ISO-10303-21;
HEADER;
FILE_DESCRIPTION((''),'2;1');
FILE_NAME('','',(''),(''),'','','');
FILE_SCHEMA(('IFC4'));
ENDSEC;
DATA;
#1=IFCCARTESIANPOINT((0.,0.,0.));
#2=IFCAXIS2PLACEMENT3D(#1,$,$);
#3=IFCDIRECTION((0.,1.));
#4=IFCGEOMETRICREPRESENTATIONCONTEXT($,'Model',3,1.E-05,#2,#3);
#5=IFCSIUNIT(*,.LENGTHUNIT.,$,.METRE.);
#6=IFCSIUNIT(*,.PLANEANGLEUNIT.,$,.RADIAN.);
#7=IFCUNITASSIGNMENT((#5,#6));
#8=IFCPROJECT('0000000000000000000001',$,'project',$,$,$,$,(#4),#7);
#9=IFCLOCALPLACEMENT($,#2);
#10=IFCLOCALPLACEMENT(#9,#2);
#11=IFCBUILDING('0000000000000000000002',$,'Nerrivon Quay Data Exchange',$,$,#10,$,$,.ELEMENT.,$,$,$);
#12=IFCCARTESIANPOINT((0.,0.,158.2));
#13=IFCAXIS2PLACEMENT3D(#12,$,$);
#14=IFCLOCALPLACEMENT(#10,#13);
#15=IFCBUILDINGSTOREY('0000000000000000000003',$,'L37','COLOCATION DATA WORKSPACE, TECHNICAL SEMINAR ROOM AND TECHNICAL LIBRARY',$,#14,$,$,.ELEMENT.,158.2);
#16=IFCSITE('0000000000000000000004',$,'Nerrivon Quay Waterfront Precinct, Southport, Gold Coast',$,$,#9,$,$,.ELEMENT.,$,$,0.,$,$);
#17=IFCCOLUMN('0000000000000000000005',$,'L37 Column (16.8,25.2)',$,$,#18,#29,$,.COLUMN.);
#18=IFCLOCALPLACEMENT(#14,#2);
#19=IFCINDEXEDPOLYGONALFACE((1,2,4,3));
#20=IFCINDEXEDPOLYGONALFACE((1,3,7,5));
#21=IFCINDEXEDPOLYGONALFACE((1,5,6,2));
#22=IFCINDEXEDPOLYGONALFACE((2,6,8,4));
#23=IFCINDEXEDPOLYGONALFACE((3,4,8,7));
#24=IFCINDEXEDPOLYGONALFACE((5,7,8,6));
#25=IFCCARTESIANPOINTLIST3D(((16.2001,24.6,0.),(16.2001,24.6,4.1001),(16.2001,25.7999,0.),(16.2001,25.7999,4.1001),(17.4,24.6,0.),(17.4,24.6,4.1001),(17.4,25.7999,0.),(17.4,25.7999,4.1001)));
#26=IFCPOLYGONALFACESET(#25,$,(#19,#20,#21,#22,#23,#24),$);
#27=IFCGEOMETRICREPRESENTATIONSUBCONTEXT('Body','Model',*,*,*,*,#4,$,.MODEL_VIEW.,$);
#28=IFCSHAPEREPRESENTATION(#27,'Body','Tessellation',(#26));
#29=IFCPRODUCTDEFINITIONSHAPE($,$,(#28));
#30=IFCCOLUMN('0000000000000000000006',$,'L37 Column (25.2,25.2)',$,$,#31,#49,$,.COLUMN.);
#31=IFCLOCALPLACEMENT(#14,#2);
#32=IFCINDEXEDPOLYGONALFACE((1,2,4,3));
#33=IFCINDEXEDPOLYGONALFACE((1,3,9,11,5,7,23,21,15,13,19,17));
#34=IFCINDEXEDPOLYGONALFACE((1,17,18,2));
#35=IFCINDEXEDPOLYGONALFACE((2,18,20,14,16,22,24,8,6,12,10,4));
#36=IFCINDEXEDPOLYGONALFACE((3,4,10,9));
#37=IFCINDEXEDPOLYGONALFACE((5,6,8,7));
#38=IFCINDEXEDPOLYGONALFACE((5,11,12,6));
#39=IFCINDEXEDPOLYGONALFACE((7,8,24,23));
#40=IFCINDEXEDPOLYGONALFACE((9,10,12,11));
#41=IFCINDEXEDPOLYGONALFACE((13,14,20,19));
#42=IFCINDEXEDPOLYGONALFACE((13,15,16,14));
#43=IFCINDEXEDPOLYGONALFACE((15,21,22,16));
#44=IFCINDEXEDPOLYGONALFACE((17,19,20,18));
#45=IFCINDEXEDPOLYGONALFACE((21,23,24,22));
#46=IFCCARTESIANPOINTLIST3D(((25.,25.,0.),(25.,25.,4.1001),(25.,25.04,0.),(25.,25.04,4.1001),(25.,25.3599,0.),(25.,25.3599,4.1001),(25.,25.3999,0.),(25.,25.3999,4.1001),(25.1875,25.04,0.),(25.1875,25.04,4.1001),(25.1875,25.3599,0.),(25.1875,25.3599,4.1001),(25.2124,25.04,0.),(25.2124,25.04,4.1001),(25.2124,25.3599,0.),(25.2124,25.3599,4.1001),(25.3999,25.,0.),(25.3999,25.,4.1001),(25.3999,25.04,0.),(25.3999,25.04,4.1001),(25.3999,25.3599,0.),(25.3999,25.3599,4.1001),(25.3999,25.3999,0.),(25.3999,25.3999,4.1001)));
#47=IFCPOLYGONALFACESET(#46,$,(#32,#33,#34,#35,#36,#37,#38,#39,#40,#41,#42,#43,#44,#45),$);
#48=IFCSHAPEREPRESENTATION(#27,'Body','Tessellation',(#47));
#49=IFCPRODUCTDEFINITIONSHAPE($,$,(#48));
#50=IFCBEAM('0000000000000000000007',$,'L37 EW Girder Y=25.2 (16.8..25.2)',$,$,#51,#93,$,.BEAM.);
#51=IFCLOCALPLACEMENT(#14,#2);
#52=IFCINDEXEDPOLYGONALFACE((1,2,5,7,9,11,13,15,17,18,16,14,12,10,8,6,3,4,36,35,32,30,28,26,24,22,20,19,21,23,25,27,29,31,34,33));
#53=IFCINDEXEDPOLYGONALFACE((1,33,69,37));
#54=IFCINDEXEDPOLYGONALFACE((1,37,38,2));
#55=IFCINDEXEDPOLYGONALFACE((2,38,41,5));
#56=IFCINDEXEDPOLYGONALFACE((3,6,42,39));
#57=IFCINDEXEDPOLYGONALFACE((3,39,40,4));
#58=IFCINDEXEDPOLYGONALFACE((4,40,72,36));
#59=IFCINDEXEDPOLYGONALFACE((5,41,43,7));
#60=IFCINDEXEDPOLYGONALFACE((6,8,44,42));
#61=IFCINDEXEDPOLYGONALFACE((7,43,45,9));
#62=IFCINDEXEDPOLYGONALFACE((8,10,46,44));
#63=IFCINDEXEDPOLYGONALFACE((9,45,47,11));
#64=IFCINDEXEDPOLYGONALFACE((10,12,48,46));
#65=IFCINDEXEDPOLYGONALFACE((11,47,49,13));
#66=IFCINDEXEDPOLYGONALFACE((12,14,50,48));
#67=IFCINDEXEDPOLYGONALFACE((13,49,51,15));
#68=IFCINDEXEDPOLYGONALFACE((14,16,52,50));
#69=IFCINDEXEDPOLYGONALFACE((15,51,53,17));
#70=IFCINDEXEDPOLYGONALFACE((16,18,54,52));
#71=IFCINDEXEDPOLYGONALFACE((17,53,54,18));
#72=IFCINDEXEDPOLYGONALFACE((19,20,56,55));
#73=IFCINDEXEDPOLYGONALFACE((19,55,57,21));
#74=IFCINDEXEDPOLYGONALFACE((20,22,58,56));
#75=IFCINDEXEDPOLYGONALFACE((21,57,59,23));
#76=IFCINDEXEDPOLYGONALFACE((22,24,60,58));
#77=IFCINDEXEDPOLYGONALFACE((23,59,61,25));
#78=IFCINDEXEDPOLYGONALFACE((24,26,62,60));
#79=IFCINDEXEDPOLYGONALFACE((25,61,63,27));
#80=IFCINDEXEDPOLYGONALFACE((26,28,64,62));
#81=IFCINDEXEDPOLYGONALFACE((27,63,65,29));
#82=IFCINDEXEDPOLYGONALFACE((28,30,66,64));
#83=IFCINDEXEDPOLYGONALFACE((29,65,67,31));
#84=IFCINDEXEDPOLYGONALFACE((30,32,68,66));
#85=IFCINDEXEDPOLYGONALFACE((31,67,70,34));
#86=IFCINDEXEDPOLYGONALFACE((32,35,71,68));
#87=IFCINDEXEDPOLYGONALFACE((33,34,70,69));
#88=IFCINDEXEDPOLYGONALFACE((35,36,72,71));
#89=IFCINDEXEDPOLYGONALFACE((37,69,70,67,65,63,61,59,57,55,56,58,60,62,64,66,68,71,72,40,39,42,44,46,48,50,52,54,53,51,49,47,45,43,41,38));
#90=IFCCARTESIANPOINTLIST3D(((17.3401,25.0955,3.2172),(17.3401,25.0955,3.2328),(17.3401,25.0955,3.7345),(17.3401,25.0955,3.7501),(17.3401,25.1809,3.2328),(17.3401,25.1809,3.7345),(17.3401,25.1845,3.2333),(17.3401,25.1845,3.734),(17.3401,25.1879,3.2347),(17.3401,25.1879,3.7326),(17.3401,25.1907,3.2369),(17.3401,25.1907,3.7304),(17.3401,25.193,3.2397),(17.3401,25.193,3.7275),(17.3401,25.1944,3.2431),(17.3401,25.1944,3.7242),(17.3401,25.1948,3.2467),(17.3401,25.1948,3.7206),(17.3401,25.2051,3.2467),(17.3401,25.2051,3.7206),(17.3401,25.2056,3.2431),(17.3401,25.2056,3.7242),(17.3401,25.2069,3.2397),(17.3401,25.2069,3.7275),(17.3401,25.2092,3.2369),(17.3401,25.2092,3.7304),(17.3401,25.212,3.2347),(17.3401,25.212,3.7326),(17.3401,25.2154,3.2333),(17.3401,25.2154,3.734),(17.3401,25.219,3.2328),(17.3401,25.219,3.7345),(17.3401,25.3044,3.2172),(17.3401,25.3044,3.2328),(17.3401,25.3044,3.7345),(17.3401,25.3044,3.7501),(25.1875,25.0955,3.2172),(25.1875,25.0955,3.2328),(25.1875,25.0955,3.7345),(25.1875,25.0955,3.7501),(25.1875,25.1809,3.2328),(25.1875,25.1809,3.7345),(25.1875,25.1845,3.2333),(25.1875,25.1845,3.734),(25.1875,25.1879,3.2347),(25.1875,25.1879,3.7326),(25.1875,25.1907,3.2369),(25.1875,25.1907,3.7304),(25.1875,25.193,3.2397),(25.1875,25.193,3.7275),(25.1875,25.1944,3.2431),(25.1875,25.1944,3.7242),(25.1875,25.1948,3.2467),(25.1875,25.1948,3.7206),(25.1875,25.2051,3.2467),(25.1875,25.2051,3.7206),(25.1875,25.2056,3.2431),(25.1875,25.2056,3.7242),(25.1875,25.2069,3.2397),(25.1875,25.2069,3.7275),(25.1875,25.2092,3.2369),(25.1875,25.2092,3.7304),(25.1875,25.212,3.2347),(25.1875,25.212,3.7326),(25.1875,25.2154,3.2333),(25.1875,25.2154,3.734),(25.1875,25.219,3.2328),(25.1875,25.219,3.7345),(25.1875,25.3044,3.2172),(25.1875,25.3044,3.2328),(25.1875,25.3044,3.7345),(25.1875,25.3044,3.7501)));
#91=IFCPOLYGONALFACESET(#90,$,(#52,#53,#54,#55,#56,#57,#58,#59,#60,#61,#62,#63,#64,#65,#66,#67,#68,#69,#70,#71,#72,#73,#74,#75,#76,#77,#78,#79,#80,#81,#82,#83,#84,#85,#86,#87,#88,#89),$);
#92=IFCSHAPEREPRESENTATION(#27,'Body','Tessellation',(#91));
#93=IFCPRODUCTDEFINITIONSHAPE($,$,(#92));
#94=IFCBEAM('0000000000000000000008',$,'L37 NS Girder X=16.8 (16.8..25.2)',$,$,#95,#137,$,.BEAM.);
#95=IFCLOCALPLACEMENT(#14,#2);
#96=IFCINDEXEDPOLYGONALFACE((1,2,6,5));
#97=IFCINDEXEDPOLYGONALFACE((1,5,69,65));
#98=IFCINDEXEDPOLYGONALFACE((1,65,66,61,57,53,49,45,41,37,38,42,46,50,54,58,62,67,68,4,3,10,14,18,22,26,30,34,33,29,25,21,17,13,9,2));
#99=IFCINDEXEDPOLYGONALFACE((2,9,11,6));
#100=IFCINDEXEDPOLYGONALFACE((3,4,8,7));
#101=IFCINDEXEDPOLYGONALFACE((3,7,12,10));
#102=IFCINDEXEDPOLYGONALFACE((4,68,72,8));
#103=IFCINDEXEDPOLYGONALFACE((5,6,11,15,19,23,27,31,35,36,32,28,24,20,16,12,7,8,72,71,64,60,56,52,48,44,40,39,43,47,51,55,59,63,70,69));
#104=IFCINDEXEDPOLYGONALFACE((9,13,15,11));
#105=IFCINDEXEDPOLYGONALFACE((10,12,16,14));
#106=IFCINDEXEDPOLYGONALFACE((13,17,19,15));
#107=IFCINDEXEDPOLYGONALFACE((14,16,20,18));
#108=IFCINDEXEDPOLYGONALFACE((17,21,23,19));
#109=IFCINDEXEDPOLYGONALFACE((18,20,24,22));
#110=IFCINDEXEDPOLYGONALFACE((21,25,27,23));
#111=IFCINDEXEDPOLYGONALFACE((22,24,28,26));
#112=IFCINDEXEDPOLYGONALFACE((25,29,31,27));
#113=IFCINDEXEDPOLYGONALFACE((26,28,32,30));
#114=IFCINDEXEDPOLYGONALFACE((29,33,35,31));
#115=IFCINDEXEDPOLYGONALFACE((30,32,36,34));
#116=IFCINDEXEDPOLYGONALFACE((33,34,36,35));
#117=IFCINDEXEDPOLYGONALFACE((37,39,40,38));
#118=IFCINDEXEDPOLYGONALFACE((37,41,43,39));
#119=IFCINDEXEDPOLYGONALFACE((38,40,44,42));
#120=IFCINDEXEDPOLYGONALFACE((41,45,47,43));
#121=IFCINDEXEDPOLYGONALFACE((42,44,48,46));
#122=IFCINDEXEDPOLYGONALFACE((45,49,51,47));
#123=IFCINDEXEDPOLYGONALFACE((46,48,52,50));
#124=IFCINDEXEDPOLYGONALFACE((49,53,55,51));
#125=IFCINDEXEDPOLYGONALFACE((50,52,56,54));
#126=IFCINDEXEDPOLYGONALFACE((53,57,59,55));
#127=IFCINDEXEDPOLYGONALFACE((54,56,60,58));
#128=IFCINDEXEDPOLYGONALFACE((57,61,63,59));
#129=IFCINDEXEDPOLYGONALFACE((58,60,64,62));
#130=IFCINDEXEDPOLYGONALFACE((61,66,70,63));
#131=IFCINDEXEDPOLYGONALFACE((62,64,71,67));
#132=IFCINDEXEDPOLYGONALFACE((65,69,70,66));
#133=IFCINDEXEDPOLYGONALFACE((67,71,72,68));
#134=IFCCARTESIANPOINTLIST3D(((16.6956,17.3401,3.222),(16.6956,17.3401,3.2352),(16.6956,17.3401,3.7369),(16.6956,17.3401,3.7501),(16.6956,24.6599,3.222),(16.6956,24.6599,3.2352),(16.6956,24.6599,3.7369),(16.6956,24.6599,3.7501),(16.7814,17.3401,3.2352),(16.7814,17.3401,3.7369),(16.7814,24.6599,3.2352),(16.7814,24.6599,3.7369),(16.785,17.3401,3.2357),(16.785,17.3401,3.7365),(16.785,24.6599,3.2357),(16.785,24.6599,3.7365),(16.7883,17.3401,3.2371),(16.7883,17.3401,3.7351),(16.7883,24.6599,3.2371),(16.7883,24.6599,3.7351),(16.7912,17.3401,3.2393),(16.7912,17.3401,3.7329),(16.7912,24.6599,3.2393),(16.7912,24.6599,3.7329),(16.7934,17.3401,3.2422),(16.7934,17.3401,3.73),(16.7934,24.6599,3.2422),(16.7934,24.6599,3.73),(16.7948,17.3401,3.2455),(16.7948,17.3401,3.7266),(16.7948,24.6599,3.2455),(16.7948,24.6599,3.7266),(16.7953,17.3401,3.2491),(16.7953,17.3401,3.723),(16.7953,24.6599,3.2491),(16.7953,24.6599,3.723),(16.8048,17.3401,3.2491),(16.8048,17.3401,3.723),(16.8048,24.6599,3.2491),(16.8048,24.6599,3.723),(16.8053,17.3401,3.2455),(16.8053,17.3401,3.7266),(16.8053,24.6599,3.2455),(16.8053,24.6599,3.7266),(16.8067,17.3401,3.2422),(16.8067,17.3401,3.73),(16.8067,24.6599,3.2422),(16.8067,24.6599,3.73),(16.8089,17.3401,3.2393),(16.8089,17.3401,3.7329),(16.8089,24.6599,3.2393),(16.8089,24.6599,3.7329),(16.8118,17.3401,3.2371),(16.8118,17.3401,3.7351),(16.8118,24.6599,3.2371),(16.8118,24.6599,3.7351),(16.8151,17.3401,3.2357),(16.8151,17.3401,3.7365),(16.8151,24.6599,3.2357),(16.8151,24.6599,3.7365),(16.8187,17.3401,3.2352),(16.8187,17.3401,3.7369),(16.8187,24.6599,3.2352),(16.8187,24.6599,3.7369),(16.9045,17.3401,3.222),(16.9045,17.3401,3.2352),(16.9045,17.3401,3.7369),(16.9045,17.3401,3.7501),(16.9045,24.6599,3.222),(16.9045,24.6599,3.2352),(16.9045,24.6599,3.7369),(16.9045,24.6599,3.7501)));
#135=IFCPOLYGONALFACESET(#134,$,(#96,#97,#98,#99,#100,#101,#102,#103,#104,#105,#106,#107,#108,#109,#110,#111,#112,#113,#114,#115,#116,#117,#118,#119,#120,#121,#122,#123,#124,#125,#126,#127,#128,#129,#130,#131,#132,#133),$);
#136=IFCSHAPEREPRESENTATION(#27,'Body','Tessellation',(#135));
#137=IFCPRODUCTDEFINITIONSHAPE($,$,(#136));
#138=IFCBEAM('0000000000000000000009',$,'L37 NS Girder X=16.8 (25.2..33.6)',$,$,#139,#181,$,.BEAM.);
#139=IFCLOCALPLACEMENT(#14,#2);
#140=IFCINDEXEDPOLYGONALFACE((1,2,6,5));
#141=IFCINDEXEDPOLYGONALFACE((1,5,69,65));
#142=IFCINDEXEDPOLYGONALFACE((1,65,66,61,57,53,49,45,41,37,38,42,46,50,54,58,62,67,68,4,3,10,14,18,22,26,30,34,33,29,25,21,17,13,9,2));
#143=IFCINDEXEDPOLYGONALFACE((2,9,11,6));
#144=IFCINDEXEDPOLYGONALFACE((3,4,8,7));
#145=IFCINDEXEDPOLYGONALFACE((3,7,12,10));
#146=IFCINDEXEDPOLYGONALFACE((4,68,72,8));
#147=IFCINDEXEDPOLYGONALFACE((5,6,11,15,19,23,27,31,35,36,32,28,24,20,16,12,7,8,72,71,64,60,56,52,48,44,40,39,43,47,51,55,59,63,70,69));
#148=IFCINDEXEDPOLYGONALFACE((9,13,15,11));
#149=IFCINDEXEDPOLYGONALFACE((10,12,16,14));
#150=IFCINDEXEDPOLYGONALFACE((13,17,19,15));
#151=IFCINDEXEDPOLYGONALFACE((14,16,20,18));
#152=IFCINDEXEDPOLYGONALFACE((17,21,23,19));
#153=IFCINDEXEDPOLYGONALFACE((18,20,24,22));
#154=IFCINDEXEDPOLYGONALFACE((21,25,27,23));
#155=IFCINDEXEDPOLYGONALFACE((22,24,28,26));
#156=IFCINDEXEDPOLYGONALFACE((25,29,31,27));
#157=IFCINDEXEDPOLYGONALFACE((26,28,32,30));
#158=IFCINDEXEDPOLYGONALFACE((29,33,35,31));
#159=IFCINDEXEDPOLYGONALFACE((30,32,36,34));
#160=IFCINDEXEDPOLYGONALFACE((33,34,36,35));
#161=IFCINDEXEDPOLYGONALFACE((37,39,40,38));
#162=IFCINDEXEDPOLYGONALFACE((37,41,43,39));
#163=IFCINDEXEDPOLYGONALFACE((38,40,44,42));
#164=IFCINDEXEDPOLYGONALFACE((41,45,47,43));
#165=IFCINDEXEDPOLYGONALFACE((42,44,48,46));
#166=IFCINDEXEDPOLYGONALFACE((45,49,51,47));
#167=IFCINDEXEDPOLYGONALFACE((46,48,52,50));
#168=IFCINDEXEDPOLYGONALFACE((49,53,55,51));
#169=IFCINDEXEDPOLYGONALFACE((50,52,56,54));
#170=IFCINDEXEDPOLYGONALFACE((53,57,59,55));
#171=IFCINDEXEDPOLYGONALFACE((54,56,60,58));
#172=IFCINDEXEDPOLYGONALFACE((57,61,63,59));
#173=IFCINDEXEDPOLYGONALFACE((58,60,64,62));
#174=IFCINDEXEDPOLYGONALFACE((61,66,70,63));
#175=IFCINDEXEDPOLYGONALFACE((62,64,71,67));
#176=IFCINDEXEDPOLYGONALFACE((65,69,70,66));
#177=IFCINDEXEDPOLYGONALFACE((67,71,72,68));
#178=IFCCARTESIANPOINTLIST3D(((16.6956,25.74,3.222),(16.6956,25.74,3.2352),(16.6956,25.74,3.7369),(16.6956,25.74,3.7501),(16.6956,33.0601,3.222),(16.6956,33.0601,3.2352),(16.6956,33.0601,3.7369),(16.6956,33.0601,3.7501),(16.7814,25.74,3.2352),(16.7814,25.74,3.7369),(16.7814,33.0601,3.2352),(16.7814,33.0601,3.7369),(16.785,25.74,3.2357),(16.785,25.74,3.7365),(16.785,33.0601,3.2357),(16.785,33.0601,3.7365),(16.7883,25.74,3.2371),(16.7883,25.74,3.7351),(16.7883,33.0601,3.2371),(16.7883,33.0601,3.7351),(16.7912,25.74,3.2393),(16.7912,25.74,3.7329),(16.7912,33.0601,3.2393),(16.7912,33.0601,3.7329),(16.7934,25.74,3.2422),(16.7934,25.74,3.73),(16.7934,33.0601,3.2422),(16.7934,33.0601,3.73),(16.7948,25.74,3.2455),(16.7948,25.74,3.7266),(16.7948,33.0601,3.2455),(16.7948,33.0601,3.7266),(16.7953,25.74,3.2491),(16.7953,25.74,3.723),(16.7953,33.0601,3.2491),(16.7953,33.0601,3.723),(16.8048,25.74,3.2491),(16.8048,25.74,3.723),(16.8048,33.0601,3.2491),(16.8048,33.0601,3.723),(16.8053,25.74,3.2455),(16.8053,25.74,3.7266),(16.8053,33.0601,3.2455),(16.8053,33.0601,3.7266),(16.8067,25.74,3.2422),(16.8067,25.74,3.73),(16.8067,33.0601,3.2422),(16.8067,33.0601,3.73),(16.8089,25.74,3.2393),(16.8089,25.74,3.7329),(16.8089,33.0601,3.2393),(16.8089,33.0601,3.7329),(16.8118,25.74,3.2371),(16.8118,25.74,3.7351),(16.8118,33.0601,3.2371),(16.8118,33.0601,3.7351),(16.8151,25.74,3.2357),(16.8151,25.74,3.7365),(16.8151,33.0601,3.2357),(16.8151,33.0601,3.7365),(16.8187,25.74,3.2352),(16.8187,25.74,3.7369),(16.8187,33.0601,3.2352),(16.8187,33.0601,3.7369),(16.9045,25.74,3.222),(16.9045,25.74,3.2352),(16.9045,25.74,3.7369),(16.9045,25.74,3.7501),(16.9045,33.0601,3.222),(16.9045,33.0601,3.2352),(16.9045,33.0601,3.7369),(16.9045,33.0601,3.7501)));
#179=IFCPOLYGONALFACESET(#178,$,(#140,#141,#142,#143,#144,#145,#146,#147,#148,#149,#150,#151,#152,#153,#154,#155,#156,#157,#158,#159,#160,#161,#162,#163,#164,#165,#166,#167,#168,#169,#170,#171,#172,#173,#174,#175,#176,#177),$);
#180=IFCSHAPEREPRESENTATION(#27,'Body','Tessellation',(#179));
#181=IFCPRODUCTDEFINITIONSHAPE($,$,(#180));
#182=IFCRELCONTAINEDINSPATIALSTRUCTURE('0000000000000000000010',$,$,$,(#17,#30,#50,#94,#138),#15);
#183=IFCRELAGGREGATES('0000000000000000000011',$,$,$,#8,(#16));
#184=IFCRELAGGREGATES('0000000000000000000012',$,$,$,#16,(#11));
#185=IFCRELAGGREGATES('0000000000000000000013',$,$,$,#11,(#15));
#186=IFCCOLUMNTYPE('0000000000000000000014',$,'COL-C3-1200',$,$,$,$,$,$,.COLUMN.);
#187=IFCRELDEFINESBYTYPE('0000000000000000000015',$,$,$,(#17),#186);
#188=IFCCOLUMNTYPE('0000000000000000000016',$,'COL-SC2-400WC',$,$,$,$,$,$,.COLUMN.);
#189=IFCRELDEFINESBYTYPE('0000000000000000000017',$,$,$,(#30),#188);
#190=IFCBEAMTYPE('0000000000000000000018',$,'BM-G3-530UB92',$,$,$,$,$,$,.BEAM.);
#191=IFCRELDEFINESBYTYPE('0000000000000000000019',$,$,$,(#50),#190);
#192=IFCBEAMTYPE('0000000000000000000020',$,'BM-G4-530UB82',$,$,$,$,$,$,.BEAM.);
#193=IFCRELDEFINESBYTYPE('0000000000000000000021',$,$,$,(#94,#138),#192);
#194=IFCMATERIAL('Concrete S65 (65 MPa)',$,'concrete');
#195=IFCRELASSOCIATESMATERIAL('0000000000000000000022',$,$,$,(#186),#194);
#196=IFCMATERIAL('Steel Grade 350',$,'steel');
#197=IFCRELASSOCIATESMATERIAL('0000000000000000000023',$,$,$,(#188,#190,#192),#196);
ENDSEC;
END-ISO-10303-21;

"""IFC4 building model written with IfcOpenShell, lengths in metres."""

from ifc_helpers import new_model, si_unit, direction, frame, origin, origin_2d, place, context, subcontext, project, spatial, rectangle, i_section, extrude, material, material_profile, profile_set, type_object, element, save


model = new_model("IFC4")

# Units and contexts
model_context = context("Model", 3, precision=1e-05, world=origin(), true_north=direction((0.0, 1.0)))
body_context = subcontext(model_context, "Body", "Model", "MODEL_VIEW")
ifc_project = project(units=[si_unit("LENGTHUNIT", "METRE"), si_unit("PLANEANGLEUNIT", "RADIAN")], contexts=[model_context])

# Site, building, storey
site_placement = place(None, origin())
site = spatial("IfcSite", under=ifc_project, at=site_placement, Name="Nerrivon Quay Waterfront Precinct, Southport, Gold Coast", CompositionType="ELEMENT", RefElevation=0.0)
building_placement = place(site_placement, origin())
building = spatial("IfcBuilding", under=site, at=building_placement, Name="Nerrivon Quay Data Exchange", CompositionType="ELEMENT")
storey_placement = place(building_placement, frame((0.0, 0.0, 158.2)))
storey = spatial("IfcBuildingStorey", under=building, at=storey_placement, Name="L37", Description="COLOCATION DATA WORKSPACE, TECHNICAL SEMINAR ROOM AND TECHNICAL LIBRARY", CompositionType="ELEMENT", Elevation=158.2)

# Columns
ifc_material_1 = material(Name="Concrete S65 (65 MPa)", Category="concrete")
ifc_material_profile_1 = material_profile(ifc_material_1, rectangle(XDim=1.2, YDim=1.2, at=origin_2d()), Name="RC-COL-1200x1200")
ifc_profile_set_1 = profile_set([ifc_material_profile_1], Name="Concrete S65 (65 MPa)")
column_type_1 = type_object("IfcColumnType", Name="COL-C3-1200", PredefinedType="COLUMN", material=ifc_profile_set_1)
column_1_placement = place(storey_placement, frame((16.8, 25.2, 0.0), z_axis=(0.0, 0.0, 1.0), x_axis=(1.0, 0.0, 0.0)))
element("IfcColumn", 1, at=column_1_placement, inside=storey, type_object=column_type_1, Name="L37 Column (16.8,25.2)", PredefinedType="COLUMN", context=body_context, shape_type="SweptSolid", body=[
    extrude(rectangle(XDim=1.2, YDim=1.2, at=origin_2d()), origin(), (0.0, 0.0, 1.0), 4.1001),
])
ifc_material_2 = material(Name="Steel Grade 350", Category="steel")
ifc_material_profile_2 = material_profile(ifc_material_2, i_section(OverallWidth=0.3999, OverallDepth=0.3999, WebThickness=0.0249, FlangeThickness=0.04, at=origin_2d()), Name="400WC328")
ifc_profile_set_2 = profile_set([ifc_material_profile_2], Name="Steel Grade 350")
column_type_2 = type_object("IfcColumnType", Name="COL-SC2-400WC", PredefinedType="COLUMN", material=ifc_profile_set_2)
column_2_placement = place(storey_placement, frame((25.2, 25.2, 0.0), z_axis=(0.0, 0.0, 1.0), x_axis=(1.0, 0.0, 0.0)))
element("IfcColumn", 2, at=column_2_placement, inside=storey, type_object=column_type_2, Name="L37 Column (25.2,25.2)", PredefinedType="COLUMN", context=body_context, shape_type="SweptSolid", body=[
    extrude(i_section(OverallWidth=0.3999, OverallDepth=0.3999, WebThickness=0.0249, FlangeThickness=0.04, at=origin_2d()), origin(), (0.0, 0.0, 1.0), 4.1001),
])

# Beams
ifc_material_profile_3 = material_profile(ifc_material_2, i_section(OverallWidth=0.209, OverallDepth=0.533, WebThickness=0.0103, FlangeThickness=0.0156, FilletRadius=0.0139, at=origin_2d()), Name="530UB92.4")
ifc_profile_set_3 = profile_set([ifc_material_profile_3], Name="Steel Grade 350")
beam_type_1 = type_object("IfcBeamType", Name="BM-G3-530UB92", PredefinedType="BEAM", material=ifc_profile_set_3)
beam_1_placement = place(storey_placement, frame((17.3401, 25.2, 3.4836), z_axis=(1.0, 0.0, 0.0), x_axis=(0.0, 1.0, 0.0)))
element("IfcBeam", 3, at=beam_1_placement, inside=storey, type_object=beam_type_1, Name="L37 EW Girder Y=25.2 (16.8..25.2)", PredefinedType="BEAM", context=body_context, shape_type="SweptSolid", body=[
    extrude(i_section(OverallWidth=0.209, OverallDepth=0.533, WebThickness=0.0103, FlangeThickness=0.0156, FilletRadius=0.0139, at=origin_2d()), origin(), (0.0, 0.0, 1.0), 7.8474),
])
ifc_material_profile_4 = material_profile(ifc_material_2, i_section(OverallWidth=0.209, OverallDepth=0.5281, WebThickness=0.0095, FlangeThickness=0.0132, FilletRadius=0.0139, at=origin_2d()), Name="530UB82.0")
ifc_profile_set_4 = profile_set([ifc_material_profile_4], Name="Steel Grade 350")
beam_type_2 = type_object("IfcBeamType", Name="BM-G4-530UB82", PredefinedType="BEAM", material=ifc_profile_set_4)
beam_2_placement = place(storey_placement, frame((16.8, 17.3401, 3.4861), z_axis=(0.0, 1.0, 0.0), x_axis=(-1.0, 0.0, 0.0)))
element("IfcBeam", 4, at=beam_2_placement, inside=storey, type_object=beam_type_2, Name="L37 NS Girder X=16.8 (16.8..25.2)", PredefinedType="BEAM", context=body_context, shape_type="SweptSolid", body=[
    extrude(i_section(OverallWidth=0.209, OverallDepth=0.5281, WebThickness=0.0095, FlangeThickness=0.0132, FilletRadius=0.0139, at=origin_2d()), origin(), (0.0, 0.0, 1.0), 7.3198),
])
beam_3_placement = place(storey_placement, frame((16.8, 25.74, 3.4861), z_axis=(0.0, 1.0, 0.0), x_axis=(-1.0, 0.0, 0.0)))
element("IfcBeam", 5, at=beam_3_placement, inside=storey, type_object=beam_type_2, Name="L37 NS Girder X=16.8 (25.2..33.6)", PredefinedType="BEAM", context=body_context, shape_type="SweptSolid", body=[
    extrude(i_section(OverallWidth=0.209, OverallDepth=0.5281, WebThickness=0.0095, FlangeThickness=0.0132, FilletRadius=0.0139, at=origin_2d()), origin(), (0.0, 0.0, 1.0), 7.3201),
])

save(model, "model.ifc")
